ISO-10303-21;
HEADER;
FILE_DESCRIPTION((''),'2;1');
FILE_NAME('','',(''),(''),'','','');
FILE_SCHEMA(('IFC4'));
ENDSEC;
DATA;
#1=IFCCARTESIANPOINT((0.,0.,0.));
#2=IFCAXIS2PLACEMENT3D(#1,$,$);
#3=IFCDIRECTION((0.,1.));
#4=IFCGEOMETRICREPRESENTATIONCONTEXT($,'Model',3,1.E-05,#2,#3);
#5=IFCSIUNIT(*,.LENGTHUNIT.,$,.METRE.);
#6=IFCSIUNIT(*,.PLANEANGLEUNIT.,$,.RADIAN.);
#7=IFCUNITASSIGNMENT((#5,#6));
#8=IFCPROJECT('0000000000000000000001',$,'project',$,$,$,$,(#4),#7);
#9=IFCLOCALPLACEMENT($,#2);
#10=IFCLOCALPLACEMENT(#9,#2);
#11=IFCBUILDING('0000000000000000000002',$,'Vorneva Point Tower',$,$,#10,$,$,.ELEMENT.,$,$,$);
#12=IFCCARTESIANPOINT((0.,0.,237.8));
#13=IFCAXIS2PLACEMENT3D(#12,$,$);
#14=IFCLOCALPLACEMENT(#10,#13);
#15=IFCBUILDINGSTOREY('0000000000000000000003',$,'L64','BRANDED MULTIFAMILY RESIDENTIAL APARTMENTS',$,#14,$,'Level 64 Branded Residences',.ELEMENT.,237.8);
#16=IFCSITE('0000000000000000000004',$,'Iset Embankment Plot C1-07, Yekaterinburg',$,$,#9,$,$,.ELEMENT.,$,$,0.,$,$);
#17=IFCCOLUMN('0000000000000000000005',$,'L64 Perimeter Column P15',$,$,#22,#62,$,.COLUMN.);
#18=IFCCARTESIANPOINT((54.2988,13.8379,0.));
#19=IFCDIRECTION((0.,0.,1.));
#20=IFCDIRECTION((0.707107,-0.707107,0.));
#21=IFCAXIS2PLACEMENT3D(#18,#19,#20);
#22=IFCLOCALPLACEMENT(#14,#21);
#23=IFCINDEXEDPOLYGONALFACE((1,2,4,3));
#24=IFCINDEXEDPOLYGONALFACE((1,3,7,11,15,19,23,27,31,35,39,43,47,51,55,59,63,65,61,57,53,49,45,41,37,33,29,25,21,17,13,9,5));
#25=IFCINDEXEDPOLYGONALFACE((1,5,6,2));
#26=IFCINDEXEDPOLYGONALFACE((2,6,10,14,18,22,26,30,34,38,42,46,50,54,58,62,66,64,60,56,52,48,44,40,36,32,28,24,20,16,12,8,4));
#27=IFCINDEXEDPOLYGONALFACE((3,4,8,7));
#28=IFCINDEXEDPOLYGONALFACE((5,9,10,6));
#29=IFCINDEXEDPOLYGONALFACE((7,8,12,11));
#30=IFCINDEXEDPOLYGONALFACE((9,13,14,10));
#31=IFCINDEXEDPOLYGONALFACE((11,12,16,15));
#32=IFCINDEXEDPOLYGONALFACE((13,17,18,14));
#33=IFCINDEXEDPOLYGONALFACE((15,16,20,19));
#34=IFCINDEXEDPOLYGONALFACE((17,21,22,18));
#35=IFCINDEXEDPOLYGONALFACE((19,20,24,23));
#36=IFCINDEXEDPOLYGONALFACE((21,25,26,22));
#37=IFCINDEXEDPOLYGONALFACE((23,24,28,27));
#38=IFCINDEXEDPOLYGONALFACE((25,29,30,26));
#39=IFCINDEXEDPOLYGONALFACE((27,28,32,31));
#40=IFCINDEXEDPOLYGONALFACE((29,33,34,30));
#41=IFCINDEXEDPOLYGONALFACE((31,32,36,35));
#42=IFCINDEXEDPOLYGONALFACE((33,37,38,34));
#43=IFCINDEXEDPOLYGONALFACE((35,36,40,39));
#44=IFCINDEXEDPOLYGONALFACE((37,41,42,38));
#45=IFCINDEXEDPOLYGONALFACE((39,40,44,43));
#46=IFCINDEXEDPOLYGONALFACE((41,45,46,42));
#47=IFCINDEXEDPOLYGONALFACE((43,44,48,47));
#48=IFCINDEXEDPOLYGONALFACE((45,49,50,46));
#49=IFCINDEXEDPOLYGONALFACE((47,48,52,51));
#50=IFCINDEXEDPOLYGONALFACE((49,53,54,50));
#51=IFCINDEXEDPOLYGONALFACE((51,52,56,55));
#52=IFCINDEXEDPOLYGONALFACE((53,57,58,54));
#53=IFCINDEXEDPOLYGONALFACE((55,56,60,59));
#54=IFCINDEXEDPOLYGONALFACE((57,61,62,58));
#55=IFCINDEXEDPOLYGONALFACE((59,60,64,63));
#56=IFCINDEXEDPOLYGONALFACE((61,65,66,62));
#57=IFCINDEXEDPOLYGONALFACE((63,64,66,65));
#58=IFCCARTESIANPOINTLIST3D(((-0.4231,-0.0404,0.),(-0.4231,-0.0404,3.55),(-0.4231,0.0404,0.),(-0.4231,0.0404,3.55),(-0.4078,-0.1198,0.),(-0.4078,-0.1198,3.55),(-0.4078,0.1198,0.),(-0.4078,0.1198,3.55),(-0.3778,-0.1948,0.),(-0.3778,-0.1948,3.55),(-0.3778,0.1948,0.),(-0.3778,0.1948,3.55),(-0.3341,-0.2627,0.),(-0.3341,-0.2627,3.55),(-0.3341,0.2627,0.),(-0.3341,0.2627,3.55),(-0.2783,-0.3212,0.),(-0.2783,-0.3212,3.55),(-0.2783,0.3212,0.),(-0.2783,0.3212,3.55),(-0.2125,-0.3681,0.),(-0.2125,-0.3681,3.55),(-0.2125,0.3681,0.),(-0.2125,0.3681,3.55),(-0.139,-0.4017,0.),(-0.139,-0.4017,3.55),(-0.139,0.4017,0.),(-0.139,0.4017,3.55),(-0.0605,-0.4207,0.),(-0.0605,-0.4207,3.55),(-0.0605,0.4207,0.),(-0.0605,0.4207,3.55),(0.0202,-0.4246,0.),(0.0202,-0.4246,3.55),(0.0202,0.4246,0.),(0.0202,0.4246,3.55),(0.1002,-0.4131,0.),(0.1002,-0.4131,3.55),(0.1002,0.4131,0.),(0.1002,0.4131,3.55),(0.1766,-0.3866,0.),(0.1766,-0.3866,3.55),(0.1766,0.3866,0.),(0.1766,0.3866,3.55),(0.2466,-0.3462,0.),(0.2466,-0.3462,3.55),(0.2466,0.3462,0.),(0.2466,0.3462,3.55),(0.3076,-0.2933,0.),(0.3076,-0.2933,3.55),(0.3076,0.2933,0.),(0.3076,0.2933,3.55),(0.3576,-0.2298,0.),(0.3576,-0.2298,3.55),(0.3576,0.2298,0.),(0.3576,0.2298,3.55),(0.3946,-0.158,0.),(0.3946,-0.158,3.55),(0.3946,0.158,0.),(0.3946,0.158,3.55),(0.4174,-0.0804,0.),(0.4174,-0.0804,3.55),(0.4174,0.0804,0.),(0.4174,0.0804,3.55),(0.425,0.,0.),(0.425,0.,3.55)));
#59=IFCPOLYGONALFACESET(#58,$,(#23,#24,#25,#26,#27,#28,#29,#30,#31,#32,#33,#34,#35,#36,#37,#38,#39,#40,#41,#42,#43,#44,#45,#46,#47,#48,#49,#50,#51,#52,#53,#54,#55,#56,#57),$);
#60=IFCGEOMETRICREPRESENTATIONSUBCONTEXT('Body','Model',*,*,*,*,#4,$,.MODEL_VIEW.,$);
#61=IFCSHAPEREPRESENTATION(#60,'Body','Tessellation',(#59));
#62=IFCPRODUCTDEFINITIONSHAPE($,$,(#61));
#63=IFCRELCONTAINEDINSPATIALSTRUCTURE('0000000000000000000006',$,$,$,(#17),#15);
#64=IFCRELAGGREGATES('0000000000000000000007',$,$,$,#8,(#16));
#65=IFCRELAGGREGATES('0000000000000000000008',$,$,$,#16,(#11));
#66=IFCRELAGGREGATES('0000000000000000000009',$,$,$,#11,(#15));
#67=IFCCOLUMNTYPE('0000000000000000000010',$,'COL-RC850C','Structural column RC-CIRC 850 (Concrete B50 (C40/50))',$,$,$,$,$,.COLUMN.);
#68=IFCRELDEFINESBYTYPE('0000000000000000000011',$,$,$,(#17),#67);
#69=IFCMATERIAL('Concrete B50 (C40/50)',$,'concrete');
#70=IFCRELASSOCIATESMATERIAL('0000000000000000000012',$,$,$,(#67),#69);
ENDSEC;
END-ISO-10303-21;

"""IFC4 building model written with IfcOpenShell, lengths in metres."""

from ifc_helpers import new_model, si_unit, direction, frame, origin, origin_2d, place, context, subcontext, project, spatial, circle, extrude, material, material_profile, profile_set, type_object, element, save


model = new_model("IFC4")

# Units and contexts
model_context = context("Model", 3, precision=1e-05, world=origin(), true_north=direction((0.0, 1.0)))
body_context = subcontext(model_context, "Body", "Model", "MODEL_VIEW")
ifc_project = project(units=[si_unit("LENGTHUNIT", "METRE"), si_unit("PLANEANGLEUNIT", "RADIAN")], contexts=[model_context])

# Site, building, storey
site_placement = place(None, origin())
site = spatial("IfcSite", under=ifc_project, at=site_placement, Name="Iset Embankment Plot C1-07, Yekaterinburg", CompositionType="ELEMENT", RefElevation=0.0)
building_placement = place(site_placement, origin())
building = spatial("IfcBuilding", under=site, at=building_placement, Name="Vorneva Point Tower", CompositionType="ELEMENT")
storey_placement = place(building_placement, frame((0.0, 0.0, 237.8)))
storey = spatial("IfcBuildingStorey", under=building, at=storey_placement, Name="L64", Description="BRANDED MULTIFAMILY RESIDENTIAL APARTMENTS", LongName="Level 64 Branded Residences", CompositionType="ELEMENT", Elevation=237.8)

# Column
ifc_material_1 = material(Name="Concrete B50 (C40/50)", Category="concrete")
ifc_material_profile_1 = material_profile(ifc_material_1, circle(Radius=0.425, at=origin_2d()), Name="RC-CIRC 850")
ifc_profile_set_1 = profile_set([ifc_material_profile_1], Name="Concrete B50 (C40/50)")
column_type = type_object("IfcColumnType", Name="COL-RC850C", Description="Structural column RC-CIRC 850 (Concrete B50 (C40/50))", PredefinedType="COLUMN", material=ifc_profile_set_1)
for number, where, z_axis, x_axis, name in (
    (1, (54.2988, 13.8379, 0.0), (0.0, 0.0, 1.0), (0.707107, -0.707107, 0.0), "L64 Perimeter Column P15"),
):
    element("IfcColumn", number, at=place(storey_placement, frame(where, z_axis=z_axis, x_axis=x_axis)), inside=storey, type_object=column_type, Name=name, PredefinedType="COLUMN", context=body_context, shape_type="SweptSolid", body=[
        extrude(circle(Radius=0.425, at=origin_2d()), origin(), (0.0, 0.0, 1.0), 3.55),
    ])

save(model, "model.ifc")
